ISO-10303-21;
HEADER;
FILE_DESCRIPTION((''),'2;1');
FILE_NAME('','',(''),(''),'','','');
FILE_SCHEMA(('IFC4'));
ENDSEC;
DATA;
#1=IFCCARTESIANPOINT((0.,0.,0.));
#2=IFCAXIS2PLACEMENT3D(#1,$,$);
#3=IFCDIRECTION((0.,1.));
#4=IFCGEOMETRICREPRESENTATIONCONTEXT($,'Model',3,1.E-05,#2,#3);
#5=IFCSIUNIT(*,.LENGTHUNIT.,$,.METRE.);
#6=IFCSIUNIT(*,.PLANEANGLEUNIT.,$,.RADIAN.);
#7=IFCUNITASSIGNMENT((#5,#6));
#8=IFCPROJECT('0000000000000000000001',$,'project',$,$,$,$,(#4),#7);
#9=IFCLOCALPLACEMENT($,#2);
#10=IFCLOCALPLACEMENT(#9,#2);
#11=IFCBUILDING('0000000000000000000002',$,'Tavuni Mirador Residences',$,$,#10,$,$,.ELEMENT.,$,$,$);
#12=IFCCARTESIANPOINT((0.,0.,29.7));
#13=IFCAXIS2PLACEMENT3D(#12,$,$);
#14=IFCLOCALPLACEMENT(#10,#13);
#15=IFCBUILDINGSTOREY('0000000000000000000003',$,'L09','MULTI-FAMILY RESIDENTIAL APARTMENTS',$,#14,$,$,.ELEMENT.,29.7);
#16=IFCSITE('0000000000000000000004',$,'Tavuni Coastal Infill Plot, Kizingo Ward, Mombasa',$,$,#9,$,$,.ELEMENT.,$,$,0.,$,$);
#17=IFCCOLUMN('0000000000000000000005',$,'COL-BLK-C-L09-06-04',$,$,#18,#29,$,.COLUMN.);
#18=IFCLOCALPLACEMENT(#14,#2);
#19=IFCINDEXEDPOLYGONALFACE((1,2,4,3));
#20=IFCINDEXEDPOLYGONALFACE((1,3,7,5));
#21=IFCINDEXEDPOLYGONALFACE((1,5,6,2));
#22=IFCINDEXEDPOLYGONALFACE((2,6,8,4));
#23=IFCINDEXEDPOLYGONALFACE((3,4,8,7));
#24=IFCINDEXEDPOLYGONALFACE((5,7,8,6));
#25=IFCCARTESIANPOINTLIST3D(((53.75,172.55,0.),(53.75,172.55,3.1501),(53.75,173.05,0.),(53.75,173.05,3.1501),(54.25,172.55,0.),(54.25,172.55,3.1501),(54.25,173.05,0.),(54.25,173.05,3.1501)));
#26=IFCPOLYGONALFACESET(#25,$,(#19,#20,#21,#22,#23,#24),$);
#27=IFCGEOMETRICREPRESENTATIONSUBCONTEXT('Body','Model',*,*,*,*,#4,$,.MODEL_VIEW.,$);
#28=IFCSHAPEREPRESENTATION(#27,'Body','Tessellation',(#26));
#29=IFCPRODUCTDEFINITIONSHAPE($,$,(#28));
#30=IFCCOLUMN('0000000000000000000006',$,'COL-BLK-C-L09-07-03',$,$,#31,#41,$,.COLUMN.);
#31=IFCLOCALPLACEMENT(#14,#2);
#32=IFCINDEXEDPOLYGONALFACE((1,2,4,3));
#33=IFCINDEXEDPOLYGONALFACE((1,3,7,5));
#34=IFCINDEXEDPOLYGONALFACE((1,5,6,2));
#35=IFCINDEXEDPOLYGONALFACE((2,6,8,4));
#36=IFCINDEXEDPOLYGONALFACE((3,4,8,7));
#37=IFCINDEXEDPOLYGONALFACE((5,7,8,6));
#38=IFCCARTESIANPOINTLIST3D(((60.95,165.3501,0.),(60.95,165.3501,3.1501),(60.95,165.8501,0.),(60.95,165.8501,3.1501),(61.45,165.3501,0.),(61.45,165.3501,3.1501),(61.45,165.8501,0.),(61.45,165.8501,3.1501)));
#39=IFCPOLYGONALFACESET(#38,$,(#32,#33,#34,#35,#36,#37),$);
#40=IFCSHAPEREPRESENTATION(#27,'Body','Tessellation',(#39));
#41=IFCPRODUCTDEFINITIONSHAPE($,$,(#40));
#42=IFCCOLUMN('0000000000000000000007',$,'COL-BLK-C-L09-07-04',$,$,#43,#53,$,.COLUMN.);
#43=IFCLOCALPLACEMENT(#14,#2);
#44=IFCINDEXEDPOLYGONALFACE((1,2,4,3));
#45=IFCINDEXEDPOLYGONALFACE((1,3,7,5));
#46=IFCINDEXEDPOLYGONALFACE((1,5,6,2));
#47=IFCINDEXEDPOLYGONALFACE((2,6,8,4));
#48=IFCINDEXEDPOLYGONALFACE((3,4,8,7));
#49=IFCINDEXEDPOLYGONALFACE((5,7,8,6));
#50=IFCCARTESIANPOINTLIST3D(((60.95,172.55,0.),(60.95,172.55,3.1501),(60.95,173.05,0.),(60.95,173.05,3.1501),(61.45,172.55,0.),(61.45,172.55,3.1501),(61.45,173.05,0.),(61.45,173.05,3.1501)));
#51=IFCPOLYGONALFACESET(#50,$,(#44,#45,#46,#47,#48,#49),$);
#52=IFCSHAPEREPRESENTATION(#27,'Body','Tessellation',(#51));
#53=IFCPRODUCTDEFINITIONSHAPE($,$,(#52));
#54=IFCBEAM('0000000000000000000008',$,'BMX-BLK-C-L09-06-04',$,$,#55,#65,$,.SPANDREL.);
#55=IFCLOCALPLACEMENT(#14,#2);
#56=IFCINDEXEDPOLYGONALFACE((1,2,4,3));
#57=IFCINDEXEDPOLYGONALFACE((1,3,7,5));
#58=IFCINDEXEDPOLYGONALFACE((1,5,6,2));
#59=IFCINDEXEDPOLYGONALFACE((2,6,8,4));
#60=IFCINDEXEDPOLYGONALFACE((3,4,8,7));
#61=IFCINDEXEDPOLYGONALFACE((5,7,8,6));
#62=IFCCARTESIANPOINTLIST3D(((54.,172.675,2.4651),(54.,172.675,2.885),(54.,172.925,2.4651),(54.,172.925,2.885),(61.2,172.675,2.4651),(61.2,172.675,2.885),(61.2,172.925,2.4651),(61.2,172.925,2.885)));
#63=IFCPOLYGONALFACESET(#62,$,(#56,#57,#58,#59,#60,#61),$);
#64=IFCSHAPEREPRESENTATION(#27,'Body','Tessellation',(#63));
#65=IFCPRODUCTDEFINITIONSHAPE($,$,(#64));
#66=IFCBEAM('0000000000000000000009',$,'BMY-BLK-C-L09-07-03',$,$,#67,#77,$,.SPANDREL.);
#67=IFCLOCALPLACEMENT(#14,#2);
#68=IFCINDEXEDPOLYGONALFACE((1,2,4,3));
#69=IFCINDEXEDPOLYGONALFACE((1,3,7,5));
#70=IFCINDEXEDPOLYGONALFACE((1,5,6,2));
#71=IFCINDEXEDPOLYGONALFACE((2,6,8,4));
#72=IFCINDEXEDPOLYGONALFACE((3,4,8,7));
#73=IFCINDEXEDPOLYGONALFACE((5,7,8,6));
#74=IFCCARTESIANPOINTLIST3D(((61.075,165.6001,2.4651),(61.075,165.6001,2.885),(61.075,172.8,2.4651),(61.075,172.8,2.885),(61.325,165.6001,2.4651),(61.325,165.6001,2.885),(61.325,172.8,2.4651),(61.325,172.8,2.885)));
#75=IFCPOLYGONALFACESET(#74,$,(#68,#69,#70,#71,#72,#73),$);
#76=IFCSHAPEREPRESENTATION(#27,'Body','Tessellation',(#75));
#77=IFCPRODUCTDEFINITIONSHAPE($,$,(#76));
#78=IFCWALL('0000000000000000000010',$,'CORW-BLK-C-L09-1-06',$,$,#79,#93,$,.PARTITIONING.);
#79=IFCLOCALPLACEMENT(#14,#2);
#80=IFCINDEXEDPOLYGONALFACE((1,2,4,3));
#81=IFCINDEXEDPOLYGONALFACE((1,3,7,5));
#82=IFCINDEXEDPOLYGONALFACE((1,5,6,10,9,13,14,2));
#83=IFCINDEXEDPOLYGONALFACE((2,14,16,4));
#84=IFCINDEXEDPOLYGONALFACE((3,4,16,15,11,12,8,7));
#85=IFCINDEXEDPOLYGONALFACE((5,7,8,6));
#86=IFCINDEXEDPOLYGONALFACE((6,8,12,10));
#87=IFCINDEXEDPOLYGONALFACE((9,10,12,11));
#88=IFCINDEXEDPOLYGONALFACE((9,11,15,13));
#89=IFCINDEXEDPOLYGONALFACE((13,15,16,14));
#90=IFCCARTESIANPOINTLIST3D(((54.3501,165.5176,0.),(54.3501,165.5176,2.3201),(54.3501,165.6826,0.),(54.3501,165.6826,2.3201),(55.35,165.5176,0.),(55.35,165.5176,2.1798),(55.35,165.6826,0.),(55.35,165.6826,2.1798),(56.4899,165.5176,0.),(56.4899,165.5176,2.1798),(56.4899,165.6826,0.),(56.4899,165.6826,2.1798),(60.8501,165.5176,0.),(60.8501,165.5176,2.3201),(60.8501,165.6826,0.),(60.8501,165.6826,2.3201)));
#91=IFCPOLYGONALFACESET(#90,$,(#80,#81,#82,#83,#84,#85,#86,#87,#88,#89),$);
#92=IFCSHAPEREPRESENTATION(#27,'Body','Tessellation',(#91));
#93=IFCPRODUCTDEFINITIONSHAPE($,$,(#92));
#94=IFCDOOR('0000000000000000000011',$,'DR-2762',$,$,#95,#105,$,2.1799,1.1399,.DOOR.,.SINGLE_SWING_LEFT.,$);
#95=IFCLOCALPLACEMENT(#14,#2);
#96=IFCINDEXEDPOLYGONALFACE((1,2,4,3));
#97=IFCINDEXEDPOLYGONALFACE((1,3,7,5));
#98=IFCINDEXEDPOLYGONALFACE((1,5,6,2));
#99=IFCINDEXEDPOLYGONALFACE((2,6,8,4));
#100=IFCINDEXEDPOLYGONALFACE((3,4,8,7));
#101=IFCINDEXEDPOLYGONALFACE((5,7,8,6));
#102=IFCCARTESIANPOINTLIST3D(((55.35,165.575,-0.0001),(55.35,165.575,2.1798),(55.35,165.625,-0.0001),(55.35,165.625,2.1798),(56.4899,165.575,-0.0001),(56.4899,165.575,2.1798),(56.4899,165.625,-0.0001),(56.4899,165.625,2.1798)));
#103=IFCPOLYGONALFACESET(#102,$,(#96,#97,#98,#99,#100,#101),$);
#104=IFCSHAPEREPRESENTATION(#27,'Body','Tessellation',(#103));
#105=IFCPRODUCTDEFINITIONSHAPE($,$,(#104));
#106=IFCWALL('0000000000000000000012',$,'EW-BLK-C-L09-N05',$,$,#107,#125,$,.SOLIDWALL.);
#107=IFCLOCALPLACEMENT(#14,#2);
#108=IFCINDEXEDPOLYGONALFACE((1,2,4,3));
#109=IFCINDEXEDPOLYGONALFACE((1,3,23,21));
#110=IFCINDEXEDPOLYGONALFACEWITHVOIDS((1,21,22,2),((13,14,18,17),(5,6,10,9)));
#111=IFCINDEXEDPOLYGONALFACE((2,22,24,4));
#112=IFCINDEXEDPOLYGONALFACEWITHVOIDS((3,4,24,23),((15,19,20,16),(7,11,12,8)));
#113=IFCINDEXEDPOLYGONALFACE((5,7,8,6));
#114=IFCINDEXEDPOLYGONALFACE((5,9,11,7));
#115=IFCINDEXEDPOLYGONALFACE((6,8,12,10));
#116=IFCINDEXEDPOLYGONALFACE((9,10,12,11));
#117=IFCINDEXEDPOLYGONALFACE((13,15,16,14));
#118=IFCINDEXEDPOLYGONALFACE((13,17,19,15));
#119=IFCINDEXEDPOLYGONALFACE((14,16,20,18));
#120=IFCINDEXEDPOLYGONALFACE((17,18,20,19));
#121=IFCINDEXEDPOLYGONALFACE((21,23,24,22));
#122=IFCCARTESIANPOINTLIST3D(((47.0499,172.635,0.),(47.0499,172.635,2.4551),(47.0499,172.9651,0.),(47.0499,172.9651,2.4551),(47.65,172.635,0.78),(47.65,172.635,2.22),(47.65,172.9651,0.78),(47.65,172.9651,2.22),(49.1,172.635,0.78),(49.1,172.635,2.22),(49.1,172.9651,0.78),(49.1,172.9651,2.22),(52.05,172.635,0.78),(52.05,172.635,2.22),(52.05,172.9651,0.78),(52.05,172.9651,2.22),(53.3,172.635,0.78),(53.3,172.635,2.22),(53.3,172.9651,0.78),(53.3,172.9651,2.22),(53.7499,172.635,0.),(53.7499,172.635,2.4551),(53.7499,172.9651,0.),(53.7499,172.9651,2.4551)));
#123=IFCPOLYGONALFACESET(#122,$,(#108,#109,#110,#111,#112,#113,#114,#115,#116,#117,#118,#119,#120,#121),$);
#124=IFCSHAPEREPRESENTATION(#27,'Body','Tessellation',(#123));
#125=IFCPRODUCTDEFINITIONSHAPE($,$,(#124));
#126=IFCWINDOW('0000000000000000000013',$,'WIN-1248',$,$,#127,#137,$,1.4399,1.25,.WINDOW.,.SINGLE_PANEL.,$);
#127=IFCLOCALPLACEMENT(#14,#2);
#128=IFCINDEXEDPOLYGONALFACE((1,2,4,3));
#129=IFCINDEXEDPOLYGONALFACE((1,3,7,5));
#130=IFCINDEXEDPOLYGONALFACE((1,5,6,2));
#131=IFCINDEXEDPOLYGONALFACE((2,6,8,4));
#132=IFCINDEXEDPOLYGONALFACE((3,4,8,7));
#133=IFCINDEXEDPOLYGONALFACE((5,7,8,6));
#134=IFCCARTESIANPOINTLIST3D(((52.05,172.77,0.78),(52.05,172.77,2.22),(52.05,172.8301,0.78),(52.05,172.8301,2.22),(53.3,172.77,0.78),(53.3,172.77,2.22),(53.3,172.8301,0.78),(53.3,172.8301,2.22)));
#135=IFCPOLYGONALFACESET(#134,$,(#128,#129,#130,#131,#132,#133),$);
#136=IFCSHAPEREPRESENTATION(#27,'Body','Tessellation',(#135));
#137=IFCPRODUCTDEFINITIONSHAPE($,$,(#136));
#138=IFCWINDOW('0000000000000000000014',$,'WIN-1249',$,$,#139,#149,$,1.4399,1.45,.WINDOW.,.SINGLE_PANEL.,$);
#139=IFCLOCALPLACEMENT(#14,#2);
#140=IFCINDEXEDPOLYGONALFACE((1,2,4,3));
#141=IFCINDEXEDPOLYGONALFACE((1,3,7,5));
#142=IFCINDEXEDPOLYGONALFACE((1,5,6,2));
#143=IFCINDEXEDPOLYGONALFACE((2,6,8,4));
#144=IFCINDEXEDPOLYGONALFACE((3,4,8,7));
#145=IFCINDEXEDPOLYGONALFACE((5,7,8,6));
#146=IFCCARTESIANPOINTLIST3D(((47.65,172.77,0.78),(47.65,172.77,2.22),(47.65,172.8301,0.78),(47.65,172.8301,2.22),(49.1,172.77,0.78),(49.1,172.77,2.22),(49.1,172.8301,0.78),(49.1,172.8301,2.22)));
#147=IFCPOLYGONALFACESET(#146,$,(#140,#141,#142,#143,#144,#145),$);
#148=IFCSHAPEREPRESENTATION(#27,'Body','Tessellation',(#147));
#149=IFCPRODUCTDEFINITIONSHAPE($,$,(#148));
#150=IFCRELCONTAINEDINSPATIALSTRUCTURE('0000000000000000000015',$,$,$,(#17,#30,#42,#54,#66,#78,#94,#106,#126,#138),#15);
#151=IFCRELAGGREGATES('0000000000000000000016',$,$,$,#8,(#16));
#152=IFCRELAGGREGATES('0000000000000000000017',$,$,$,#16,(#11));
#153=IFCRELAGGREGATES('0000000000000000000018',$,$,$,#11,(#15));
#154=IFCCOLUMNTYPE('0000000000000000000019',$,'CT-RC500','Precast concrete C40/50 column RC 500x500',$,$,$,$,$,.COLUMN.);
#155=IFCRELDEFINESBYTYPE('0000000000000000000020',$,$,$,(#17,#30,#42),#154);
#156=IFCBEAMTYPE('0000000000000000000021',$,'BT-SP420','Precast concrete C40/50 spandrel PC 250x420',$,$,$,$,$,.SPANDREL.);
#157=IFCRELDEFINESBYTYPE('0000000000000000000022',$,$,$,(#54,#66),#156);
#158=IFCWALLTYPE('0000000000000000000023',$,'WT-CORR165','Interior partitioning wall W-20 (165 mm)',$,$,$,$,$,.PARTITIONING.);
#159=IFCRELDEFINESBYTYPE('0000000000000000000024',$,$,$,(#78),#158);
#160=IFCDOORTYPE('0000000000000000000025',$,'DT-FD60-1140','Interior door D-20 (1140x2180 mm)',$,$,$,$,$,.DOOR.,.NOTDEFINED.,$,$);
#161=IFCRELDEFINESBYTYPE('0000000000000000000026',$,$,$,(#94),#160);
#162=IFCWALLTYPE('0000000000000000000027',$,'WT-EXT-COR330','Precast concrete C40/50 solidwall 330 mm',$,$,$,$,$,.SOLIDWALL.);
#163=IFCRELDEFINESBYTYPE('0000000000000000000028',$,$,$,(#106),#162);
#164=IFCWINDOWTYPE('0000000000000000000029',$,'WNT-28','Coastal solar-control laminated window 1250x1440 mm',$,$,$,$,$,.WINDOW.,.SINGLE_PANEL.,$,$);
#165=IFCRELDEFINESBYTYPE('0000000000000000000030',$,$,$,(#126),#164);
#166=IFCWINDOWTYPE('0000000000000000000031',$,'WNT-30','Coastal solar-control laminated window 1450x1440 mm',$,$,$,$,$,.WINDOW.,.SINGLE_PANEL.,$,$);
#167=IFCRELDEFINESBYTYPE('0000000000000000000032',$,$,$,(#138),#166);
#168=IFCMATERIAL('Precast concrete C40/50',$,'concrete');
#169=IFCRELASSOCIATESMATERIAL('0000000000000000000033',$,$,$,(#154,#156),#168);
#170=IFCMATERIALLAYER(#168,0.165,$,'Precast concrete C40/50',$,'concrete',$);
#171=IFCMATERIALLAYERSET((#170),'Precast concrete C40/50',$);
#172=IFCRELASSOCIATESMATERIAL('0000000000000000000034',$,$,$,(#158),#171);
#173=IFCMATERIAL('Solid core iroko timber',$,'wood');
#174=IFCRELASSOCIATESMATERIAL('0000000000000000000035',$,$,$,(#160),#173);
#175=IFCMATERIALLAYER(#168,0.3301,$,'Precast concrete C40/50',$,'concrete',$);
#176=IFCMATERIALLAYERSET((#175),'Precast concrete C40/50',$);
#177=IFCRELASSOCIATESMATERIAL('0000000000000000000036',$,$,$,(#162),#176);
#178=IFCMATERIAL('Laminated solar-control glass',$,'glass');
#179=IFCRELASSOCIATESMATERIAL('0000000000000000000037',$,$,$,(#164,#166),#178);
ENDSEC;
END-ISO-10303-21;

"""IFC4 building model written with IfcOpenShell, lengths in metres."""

from ifc_helpers import new_model, si_unit, direction, frame, frame_2d, origin, origin_2d, place, context, subcontext, project, spatial, rectangle, extrude, material, layer, layer_set, material_profile, profile_set, type_object, element, fill, save


model = new_model("IFC4")

# Units and contexts
model_context = context("Model", 3, precision=1e-05, world=origin(), true_north=direction((0.0, 1.0)))
body_context = subcontext(model_context, "Body", "Model", "MODEL_VIEW")
ifc_project = project(units=[si_unit("LENGTHUNIT", "METRE"), si_unit("PLANEANGLEUNIT", "RADIAN")], contexts=[model_context])

# Site, building, storey
site_placement = place(None, origin())
site = spatial("IfcSite", under=ifc_project, at=site_placement, Name="Tavuni Coastal Infill Plot, Kizingo Ward, Mombasa", CompositionType="ELEMENT", RefElevation=0.0)
building_placement = place(site_placement, origin())
building = spatial("IfcBuilding", under=site, at=building_placement, Name="Tavuni Mirador Residences", CompositionType="ELEMENT")
storey_placement = place(building_placement, frame((0.0, 0.0, 29.7)))
storey = spatial("IfcBuildingStorey", under=building, at=storey_placement, Name="L09", Description="MULTI-FAMILY RESIDENTIAL APARTMENTS", CompositionType="ELEMENT", Elevation=29.7)

# Columns
ifc_material_1 = material(Name="Precast concrete C40/50", Category="concrete")
ifc_material_profile_1 = material_profile(ifc_material_1, rectangle(XDim=0.5, YDim=0.5, at=origin_2d()), Name="RC 500x500", Category="concrete")
ifc_profile_set_1 = profile_set([ifc_material_profile_1], Name="Precast concrete C40/50")
column_type = type_object("IfcColumnType", Name="CT-RC500", Description="Precast concrete C40/50 column RC 500x500", PredefinedType="COLUMN", material=ifc_profile_set_1)
for number, where, z_axis, x_axis, name in (
    (1, (54.0, 172.8, 0.0), (0.0, 0.0, 1.0), (1.0, 0.0, 0.0), "COL-BLK-C-L09-06-04"),
    (2, (61.2, 165.6001, 0.0), (0.0, 0.0, 1.0), (1.0, 0.0, 0.0), "COL-BLK-C-L09-07-03"),
    (3, (61.2, 172.8, 0.0), (0.0, 0.0, 1.0), (1.0, 0.0, 0.0), "COL-BLK-C-L09-07-04"),
):
    element("IfcColumn", number, at=place(storey_placement, frame(where, z_axis=z_axis, x_axis=x_axis)), inside=storey, type_object=column_type, Name=name, PredefinedType="COLUMN", context=body_context, shape_type="SweptSolid", body=[
        extrude(rectangle(XDim=0.5, YDim=0.5, at=origin_2d()), origin(), (0.0, 0.0, 1.0), 3.1501),
    ])

# Beams
ifc_material_profile_2 = material_profile(ifc_material_1, rectangle(XDim=0.25, YDim=0.4199, at=origin_2d()), Name="PC 250x420", Category="concrete")
ifc_profile_set_2 = profile_set([ifc_material_profile_2], Name="Precast concrete C40/50")
beam_type = type_object("IfcBeamType", Name="BT-SP420", Description="Precast concrete C40/50 spandrel PC 250x420", PredefinedType="SPANDREL", material=ifc_profile_set_2)
for number, where, z_axis, x_axis, name in (
    (4, (54.0, 172.8, 2.675), (1.0, 0.0, 0.0), (0.0, 1.0, 0.0), "BMX-BLK-C-L09-06-04"),
    (5, (61.2, 165.6001, 2.675), (0.0, 1.0, 0.0), (-1.0, 0.0, 0.0), "BMY-BLK-C-L09-07-03"),
):
    element("IfcBeam", number, at=place(storey_placement, frame(where, z_axis=z_axis, x_axis=x_axis)), inside=storey, type_object=beam_type, Name=name, PredefinedType="SPANDREL", context=body_context, shape_type="SweptSolid", body=[
        extrude(rectangle(XDim=0.25, YDim=0.4199, at=origin_2d()), origin(), (0.0, 0.0, 1.0), 7.2),
    ])

# Wall, opening, door
ifc_layer_1 = layer(ifc_material_1, 0.165, Name="Precast concrete C40/50", Category="concrete")
ifc_layer_set_1 = layer_set([ifc_layer_1], Name="Precast concrete C40/50")
wall_type_1 = type_object("IfcWallType", Name="WT-CORR165", Description="Interior partitioning wall W-20 (165 mm)", PredefinedType="PARTITIONING", material=ifc_layer_set_1)
wall_1_placement = place(storey_placement, frame((54.3501, 165.6001, 0.0), z_axis=(0.0, 0.0, 1.0), x_axis=(1.0, 0.0, 0.0)))
wall_1 = element("IfcWall", 6, at=wall_1_placement, inside=storey, type_object=wall_type_1, Name="CORW-BLK-C-L09-1-06", PredefinedType="PARTITIONING", context=body_context, shape_type="SweptSolid", body=[
    extrude(rectangle(XDim=6.5, YDim=0.165, at=frame_2d((3.25, 0.0))), origin(), (0.0, 0.0, 1.0), 2.3201),
])
opening_1_placement = place(wall_1_placement, frame((1.0, 0.0, 0.0)))
opening_1 = element("IfcOpeningElement", 7, at=opening_1_placement, cuts=wall_1, PredefinedType="OPENING", context=body_context, shape_type="SweptSolid", body=[
    extrude(rectangle(XDim=1.1399, YDim=2.1799, at=frame_2d((0.5698, 1.0898))), frame((0.0, 0.0925, 0.0), z_axis=(0.0, -1.0, 0.0), x_axis=(1.0, 0.0, 0.0)), (0.0, 0.0, 1.0), 0.1851),
])
ifc_material_2 = material(Name="Solid core iroko timber", Category="wood")
door_type_1 = type_object("IfcDoorType", Name="DT-FD60-1140", Description="Interior door D-20 (1140x2180 mm)", OperationType="NOTDEFINED", PredefinedType="DOOR", material=ifc_material_2)
door_1_placement = place(opening_1_placement, origin())
door_1 = element("IfcDoor", 8, at=door_1_placement, inside=storey, type_object=door_type_1, Name="DR-2762", OperationType="SINGLE_SWING_LEFT", OverallHeight=2.1799, OverallWidth=1.1399, PredefinedType="DOOR", context=body_context, shape_type="SweptSolid", body=[
    extrude(rectangle(XDim=1.1399, YDim=2.1799, at=frame_2d((0.5698, 1.0898))), frame((0.0, 0.0249, 0.0), z_axis=(0.0, -1.0, 0.0), x_axis=(1.0, 0.0, 0.0)), (0.0, 0.0, 1.0), 0.05),
])
fill(opening_1, door_1)

# Wall, openings, windows
ifc_layer_2 = layer(ifc_material_1, 0.3301, Name="Precast concrete C40/50", Category="concrete")
ifc_layer_set_2 = layer_set([ifc_layer_2], Name="Precast concrete C40/50")
wall_type_2 = type_object("IfcWallType", Name="WT-EXT-COR330", Description="Precast concrete C40/50 solidwall 330 mm", PredefinedType="SOLIDWALL", material=ifc_layer_set_2)
wall_2_placement = place(storey_placement, frame((53.75, 172.8, 0.0), z_axis=(0.0, 0.0, 1.0), x_axis=(-1.0, 0.0, 0.0)))
wall_2 = element("IfcWall", 9, at=wall_2_placement, inside=storey, type_object=wall_type_2, Name="EW-BLK-C-L09-N05", PredefinedType="SOLIDWALL", context=body_context, shape_type="SweptSolid", body=[
    extrude(rectangle(XDim=6.7, YDim=0.3301, at=frame_2d((3.3501, 0.0))), origin(), (0.0, 0.0, 1.0), 2.4551),
])
opening_2_placement = place(wall_2_placement, frame((0.45, 0.0, 0.78)))
opening_2 = element("IfcOpeningElement", 10, at=opening_2_placement, cuts=wall_2, PredefinedType="OPENING", context=body_context, shape_type="SweptSolid", body=[
    extrude(rectangle(XDim=1.25, YDim=1.4399, at=frame_2d((0.625, 0.72))), frame((0.0, 0.175, 0.0), z_axis=(0.0, -1.0, 0.0), x_axis=(1.0, 0.0, 0.0)), (0.0, 0.0, 1.0), 0.3501),
])
opening_3_placement = place(wall_2_placement, frame((4.6499, 0.0, 0.78)))
opening_3 = element("IfcOpeningElement", 11, at=opening_3_placement, cuts=wall_2, PredefinedType="OPENING", context=body_context, shape_type="SweptSolid", body=[
    extrude(rectangle(XDim=1.45, YDim=1.4399, at=frame_2d((0.7251, 0.72))), frame((0.0, 0.175, 0.0), z_axis=(0.0, -1.0, 0.0), x_axis=(1.0, 0.0, 0.0)), (0.0, 0.0, 1.0), 0.3501),
])
ifc_material_3 = material(Name="Laminated solar-control glass", Category="glass")
window_type_1 = type_object("IfcWindowType", Name="WNT-28", Description="Coastal solar-control laminated window 1250x1440 mm", PartitioningType="SINGLE_PANEL", PredefinedType="WINDOW", material=ifc_material_3)
window_1_placement = place(opening_2_placement, origin())
window_1 = element("IfcWindow", 12, at=window_1_placement, inside=storey, type_object=window_type_1, Name="WIN-1248", OverallHeight=1.4399, OverallWidth=1.25, PartitioningType="SINGLE_PANEL", PredefinedType="WINDOW", context=body_context, shape_type="SweptSolid", body=[
    extrude(rectangle(XDim=1.25, YDim=1.4399, at=frame_2d((0.625, 0.72))), frame((0.0, 0.03, 0.0), z_axis=(0.0, -1.0, 0.0), x_axis=(1.0, 0.0, 0.0)), (0.0, 0.0, 1.0), 0.0601),
])
fill(opening_2, window_1)
window_type_2 = type_object("IfcWindowType", Name="WNT-30", Description="Coastal solar-control laminated window 1450x1440 mm", PartitioningType="SINGLE_PANEL", PredefinedType="WINDOW", material=ifc_material_3)
window_2_placement = place(opening_3_placement, origin())
window_2 = element("IfcWindow", 13, at=window_2_placement, inside=storey, type_object=window_type_2, Name="WIN-1249", OverallHeight=1.4399, OverallWidth=1.45, PartitioningType="SINGLE_PANEL", PredefinedType="WINDOW", context=body_context, shape_type="SweptSolid", body=[
    extrude(rectangle(XDim=1.45, YDim=1.4399, at=frame_2d((0.7251, 0.72))), frame((0.0, 0.03, 0.0), z_axis=(0.0, -1.0, 0.0), x_axis=(1.0, 0.0, 0.0)), (0.0, 0.0, 1.0), 0.0601),
])
fill(opening_3, window_2)

save(model, "model.ifc")
